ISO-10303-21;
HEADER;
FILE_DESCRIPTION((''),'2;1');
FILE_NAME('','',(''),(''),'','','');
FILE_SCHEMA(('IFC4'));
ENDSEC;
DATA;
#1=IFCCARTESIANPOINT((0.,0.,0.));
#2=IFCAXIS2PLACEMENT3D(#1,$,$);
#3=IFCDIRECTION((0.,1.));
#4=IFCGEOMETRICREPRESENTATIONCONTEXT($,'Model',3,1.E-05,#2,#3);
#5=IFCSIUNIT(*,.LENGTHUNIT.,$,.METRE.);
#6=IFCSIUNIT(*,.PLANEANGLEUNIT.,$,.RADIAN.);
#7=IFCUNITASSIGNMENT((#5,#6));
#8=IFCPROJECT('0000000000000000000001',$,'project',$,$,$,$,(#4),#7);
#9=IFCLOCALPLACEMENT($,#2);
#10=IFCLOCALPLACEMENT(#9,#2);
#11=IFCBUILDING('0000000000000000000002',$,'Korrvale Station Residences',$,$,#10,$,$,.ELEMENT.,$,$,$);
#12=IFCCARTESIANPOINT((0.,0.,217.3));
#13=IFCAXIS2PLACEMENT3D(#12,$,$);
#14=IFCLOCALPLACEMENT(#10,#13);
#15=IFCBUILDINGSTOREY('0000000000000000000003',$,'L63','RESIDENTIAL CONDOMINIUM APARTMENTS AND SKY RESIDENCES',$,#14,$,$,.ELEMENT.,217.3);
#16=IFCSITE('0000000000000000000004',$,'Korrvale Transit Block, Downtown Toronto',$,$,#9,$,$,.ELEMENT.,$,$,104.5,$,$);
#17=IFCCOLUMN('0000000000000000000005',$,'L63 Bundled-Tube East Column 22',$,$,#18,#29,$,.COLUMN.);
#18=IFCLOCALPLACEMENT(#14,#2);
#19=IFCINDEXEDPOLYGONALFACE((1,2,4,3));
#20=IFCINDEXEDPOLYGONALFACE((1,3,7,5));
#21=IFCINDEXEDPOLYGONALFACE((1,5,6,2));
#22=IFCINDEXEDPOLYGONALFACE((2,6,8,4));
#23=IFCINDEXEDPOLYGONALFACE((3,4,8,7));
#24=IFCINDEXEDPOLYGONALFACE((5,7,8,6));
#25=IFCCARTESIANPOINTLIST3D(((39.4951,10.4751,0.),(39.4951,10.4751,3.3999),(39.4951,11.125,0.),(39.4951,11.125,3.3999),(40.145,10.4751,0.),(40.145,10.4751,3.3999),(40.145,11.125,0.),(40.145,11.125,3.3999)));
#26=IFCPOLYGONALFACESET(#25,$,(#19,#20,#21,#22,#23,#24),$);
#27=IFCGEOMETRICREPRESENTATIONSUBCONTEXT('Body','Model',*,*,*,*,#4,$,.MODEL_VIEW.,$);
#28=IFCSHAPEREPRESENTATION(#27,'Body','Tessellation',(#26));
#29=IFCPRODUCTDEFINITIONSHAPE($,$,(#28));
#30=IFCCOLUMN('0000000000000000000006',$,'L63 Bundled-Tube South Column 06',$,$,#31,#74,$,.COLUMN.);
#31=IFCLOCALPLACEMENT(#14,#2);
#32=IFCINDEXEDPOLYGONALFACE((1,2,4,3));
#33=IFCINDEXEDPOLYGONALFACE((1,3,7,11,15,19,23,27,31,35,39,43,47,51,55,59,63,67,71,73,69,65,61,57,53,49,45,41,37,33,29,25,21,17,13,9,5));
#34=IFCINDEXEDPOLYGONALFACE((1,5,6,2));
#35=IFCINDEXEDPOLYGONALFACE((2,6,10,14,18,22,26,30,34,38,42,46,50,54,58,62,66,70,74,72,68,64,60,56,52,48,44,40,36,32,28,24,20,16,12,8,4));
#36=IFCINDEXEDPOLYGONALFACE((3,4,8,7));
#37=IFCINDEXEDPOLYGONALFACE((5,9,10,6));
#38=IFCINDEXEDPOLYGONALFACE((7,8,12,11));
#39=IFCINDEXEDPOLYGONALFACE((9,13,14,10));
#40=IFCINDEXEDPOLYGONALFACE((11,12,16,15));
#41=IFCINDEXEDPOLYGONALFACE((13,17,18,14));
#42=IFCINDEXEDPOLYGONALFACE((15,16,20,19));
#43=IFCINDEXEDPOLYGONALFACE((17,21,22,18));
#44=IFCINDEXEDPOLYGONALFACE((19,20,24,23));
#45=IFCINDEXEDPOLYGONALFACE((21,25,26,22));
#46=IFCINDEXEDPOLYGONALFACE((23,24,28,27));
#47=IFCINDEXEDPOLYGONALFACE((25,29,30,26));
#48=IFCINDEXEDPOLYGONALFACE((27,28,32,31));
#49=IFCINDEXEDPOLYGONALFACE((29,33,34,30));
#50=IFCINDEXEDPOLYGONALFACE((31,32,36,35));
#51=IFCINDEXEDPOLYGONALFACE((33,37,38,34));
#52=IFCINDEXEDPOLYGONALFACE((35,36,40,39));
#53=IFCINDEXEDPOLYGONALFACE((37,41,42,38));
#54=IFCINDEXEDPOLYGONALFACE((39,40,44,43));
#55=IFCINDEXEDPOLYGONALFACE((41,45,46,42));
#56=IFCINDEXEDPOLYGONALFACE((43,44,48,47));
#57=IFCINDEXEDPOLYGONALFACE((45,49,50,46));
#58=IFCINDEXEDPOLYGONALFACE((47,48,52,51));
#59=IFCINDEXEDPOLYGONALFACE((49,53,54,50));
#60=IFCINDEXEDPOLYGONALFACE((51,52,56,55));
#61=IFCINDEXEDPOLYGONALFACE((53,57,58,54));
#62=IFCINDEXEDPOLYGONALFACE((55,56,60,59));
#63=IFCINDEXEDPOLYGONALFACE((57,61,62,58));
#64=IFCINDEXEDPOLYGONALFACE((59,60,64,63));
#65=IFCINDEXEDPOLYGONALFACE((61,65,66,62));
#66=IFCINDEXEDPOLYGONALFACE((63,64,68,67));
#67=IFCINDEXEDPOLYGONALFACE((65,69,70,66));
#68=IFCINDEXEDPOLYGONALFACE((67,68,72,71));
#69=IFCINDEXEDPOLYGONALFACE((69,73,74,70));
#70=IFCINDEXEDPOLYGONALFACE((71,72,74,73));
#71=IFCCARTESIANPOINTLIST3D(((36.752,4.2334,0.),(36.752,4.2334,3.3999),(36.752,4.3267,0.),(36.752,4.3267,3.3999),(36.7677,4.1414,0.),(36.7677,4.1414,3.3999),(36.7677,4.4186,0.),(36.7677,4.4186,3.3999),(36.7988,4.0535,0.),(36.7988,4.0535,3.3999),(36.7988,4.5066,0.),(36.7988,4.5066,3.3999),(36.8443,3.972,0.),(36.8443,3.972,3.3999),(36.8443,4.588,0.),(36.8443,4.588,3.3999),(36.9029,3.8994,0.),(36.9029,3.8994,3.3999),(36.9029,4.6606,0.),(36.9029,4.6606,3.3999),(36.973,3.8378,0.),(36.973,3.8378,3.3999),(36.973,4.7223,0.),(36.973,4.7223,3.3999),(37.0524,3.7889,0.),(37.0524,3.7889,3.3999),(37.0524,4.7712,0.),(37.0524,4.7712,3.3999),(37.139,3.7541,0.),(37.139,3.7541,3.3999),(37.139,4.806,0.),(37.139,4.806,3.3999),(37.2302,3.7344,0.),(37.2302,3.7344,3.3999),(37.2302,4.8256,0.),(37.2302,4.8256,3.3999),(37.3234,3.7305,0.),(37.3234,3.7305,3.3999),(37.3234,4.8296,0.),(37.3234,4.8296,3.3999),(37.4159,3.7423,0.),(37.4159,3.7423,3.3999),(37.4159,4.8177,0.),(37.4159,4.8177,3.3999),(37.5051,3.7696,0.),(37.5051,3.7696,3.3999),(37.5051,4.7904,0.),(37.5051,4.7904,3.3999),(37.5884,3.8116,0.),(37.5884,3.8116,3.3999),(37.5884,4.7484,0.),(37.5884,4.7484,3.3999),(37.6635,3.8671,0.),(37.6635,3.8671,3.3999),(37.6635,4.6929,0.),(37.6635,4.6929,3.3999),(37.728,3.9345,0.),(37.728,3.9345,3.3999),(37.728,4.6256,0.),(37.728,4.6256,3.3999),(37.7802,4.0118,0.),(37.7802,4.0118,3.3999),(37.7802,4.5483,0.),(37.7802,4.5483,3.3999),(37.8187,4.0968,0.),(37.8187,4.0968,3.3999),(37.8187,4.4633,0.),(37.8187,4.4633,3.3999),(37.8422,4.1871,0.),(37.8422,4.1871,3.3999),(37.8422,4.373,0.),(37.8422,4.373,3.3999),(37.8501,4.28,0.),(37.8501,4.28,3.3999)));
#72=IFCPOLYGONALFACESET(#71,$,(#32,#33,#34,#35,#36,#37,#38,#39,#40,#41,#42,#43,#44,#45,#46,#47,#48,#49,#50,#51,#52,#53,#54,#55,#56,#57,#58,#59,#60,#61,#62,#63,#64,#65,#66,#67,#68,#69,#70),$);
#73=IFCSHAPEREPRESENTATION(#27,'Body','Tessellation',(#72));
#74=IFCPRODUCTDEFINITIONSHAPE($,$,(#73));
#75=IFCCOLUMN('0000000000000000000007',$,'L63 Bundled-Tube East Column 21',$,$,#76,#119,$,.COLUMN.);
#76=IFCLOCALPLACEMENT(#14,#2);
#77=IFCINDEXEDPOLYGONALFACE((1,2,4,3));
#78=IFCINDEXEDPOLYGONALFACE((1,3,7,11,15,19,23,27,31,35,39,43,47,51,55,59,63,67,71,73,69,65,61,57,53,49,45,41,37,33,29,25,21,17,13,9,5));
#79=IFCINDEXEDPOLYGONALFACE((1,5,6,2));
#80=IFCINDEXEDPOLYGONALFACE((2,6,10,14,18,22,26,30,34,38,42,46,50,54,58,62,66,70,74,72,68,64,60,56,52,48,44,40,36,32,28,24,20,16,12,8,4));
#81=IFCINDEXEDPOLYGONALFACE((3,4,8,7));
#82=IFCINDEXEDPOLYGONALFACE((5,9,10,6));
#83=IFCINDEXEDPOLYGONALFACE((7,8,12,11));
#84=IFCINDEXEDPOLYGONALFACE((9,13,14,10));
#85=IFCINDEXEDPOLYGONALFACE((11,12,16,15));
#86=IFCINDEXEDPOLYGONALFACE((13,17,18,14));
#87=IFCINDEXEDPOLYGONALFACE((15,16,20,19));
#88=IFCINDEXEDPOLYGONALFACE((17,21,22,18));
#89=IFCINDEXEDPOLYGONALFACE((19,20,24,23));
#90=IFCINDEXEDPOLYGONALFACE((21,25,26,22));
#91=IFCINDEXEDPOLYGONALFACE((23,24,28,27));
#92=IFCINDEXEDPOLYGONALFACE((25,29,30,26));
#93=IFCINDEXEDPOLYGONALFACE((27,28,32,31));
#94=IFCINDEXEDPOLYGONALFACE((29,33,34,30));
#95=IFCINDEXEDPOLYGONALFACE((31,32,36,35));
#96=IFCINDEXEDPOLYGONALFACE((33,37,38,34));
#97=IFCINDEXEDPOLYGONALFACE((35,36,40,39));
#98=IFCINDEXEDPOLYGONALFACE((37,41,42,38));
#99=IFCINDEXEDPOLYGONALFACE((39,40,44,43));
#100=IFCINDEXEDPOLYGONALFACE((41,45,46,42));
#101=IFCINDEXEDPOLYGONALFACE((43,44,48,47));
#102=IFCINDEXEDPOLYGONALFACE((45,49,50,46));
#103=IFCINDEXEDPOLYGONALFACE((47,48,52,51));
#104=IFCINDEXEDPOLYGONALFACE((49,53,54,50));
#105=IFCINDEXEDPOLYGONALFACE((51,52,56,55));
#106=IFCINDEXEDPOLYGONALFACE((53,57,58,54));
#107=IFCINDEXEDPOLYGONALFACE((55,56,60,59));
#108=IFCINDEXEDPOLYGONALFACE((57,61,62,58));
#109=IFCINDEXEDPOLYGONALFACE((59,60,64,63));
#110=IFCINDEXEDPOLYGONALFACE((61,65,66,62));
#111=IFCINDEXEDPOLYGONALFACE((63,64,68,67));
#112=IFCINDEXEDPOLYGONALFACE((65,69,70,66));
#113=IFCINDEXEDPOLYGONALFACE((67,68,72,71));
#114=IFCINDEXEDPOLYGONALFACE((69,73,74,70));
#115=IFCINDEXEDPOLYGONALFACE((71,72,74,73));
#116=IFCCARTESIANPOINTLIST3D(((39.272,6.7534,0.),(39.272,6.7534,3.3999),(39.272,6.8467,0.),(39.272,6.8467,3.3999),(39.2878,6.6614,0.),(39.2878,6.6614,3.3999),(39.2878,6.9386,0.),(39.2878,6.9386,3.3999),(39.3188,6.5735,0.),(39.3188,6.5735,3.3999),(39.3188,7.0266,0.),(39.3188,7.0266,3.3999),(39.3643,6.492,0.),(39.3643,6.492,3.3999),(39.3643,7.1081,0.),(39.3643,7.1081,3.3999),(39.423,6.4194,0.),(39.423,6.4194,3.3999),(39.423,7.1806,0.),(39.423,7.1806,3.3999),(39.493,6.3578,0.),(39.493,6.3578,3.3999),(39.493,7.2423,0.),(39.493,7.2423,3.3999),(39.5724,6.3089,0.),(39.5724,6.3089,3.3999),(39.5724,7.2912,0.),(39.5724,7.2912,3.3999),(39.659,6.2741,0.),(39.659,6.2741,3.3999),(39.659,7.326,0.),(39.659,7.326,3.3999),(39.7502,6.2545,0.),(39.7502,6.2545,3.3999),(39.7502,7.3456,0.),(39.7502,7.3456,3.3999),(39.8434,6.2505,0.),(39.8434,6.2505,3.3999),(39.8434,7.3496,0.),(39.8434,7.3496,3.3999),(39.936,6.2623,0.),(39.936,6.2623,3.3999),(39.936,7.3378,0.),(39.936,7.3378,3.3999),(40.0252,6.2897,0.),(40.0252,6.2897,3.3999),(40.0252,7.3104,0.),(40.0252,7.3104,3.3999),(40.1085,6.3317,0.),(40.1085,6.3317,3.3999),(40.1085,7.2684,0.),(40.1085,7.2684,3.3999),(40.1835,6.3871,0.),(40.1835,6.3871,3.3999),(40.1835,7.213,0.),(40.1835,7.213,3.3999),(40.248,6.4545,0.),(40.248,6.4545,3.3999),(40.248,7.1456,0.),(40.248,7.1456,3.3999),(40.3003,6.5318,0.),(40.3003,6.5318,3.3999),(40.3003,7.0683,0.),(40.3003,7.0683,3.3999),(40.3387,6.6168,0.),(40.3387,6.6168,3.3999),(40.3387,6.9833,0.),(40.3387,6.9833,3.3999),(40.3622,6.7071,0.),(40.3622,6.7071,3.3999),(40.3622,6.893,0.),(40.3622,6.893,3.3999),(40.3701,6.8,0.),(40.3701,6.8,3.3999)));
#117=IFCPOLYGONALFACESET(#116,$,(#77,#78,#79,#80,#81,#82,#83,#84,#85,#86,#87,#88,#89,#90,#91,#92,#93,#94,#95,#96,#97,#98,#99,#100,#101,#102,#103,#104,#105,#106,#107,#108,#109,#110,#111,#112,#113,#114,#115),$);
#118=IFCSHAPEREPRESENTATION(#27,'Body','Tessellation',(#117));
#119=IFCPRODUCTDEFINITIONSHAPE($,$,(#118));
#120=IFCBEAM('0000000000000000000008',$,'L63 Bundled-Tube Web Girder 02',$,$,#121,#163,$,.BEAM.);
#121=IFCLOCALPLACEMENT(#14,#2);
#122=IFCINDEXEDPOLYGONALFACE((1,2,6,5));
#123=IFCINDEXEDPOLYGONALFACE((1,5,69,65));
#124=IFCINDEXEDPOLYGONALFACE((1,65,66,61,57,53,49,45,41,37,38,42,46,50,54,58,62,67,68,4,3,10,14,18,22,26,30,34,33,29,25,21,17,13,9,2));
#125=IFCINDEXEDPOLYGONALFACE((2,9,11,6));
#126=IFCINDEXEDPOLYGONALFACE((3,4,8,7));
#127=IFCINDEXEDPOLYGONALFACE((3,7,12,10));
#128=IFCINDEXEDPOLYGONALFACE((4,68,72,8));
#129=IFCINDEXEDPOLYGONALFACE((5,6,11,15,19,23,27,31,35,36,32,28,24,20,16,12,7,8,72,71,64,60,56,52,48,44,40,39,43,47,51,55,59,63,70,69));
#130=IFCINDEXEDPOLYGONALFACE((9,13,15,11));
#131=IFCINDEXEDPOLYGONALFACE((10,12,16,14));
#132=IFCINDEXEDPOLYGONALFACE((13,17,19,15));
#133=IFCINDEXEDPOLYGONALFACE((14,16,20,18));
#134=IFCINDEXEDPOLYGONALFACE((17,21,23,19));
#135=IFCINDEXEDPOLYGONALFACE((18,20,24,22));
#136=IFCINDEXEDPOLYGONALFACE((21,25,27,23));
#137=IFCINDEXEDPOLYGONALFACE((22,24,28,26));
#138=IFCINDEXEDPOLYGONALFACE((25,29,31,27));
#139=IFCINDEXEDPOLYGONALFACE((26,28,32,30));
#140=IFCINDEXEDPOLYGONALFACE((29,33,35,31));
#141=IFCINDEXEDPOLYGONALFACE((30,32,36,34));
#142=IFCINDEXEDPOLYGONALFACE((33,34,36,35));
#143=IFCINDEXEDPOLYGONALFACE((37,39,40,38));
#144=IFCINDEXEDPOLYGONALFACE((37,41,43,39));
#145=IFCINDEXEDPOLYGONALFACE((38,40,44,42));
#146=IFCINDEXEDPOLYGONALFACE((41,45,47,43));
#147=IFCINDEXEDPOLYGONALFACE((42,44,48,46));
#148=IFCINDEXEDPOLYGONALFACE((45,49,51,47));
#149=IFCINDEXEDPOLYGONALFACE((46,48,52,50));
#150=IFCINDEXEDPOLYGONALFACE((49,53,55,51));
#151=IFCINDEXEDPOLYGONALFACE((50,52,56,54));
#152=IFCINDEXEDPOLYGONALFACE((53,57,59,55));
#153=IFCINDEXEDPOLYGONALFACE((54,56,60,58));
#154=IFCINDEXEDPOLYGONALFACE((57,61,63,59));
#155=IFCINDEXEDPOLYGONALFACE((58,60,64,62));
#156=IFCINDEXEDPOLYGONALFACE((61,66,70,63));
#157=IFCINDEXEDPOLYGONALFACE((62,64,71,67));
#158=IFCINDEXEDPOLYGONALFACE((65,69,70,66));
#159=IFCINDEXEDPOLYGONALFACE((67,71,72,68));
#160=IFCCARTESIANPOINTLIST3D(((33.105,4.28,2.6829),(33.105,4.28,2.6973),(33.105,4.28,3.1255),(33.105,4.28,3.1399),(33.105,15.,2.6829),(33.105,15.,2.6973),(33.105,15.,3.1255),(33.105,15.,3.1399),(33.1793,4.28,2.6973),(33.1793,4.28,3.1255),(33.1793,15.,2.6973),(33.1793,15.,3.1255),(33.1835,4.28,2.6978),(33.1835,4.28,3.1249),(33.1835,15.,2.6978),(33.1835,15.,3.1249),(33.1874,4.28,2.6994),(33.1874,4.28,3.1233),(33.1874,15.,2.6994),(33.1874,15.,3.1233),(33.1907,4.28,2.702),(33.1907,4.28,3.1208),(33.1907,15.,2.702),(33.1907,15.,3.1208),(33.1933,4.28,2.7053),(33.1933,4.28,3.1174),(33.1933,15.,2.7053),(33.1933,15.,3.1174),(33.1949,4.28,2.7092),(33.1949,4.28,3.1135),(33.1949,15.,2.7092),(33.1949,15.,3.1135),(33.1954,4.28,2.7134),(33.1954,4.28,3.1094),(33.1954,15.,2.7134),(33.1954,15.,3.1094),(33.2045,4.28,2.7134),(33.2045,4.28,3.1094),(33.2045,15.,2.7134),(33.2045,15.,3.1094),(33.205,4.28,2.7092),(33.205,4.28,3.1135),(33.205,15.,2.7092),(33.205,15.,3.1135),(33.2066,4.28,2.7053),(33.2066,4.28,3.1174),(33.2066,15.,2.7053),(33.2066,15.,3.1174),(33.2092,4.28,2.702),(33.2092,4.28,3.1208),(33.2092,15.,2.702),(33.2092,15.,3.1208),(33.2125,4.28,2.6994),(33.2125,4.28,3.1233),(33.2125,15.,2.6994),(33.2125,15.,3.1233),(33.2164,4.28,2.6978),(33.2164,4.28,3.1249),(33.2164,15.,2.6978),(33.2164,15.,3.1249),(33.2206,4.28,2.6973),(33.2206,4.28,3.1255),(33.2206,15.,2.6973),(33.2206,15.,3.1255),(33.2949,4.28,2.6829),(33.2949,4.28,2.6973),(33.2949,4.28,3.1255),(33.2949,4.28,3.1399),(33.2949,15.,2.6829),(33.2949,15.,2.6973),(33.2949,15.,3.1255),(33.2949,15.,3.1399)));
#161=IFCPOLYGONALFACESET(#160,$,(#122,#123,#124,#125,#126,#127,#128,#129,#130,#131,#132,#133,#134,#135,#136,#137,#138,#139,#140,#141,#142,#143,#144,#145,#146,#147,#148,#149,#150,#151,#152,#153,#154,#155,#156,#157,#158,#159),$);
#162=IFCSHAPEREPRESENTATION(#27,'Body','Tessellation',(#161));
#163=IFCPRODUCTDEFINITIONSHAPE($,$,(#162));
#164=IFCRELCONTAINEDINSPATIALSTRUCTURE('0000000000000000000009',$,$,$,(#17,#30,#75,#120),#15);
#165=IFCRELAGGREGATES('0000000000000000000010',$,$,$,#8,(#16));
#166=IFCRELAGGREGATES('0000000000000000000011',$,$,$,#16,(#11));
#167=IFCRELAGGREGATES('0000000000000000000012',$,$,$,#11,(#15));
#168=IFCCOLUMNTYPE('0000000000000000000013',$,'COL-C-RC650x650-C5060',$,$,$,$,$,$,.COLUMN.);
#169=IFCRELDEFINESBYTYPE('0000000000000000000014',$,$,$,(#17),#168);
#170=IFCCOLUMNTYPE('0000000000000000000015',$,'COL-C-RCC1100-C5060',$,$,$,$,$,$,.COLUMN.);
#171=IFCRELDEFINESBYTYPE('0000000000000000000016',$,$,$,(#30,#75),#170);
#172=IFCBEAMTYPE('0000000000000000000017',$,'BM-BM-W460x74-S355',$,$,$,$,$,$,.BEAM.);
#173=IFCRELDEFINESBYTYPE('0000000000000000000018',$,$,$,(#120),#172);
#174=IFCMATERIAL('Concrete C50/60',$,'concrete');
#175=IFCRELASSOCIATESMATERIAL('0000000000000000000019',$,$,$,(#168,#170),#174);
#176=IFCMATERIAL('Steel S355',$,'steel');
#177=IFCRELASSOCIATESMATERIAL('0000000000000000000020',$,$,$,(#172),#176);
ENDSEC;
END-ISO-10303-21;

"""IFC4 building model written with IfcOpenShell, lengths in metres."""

from ifc_helpers import new_model, si_unit, direction, frame, origin, origin_2d, place, context, subcontext, project, spatial, rectangle, circle, i_section, extrude, material, material_profile, profile_set, type_object, element, save


model = new_model("IFC4")

# Units and contexts
model_context = context("Model", 3, precision=1e-05, world=origin(), true_north=direction((0.0, 1.0)))
body_context = subcontext(model_context, "Body", "Model", "MODEL_VIEW")
ifc_project = project(units=[si_unit("LENGTHUNIT", "METRE"), si_unit("PLANEANGLEUNIT", "RADIAN")], contexts=[model_context])

# Site, building, storey
site_placement = place(None, origin())
site = spatial("IfcSite", under=ifc_project, at=site_placement, Name="Korrvale Transit Block, Downtown Toronto", CompositionType="ELEMENT", RefElevation=104.5)
building_placement = place(site_placement, origin())
building = spatial("IfcBuilding", under=site, at=building_placement, Name="Korrvale Station Residences", CompositionType="ELEMENT")
storey_placement = place(building_placement, frame((0.0, 0.0, 217.3)))
storey = spatial("IfcBuildingStorey", under=building, at=storey_placement, Name="L63", Description="RESIDENTIAL CONDOMINIUM APARTMENTS AND SKY RESIDENCES", CompositionType="ELEMENT", Elevation=217.3)

# Columns
ifc_material_1 = material(Name="Concrete C50/60", Category="concrete")
ifc_material_profile_1 = material_profile(ifc_material_1, rectangle(XDim=0.6499, YDim=0.6499, at=origin_2d()), Name="RC650x650")
ifc_profile_set_1 = profile_set([ifc_material_profile_1], Name="Concrete C50/60")
column_type_1 = type_object("IfcColumnType", Name="COL-C-RC650x650-C5060", PredefinedType="COLUMN", material=ifc_profile_set_1)
column_placement = place(storey_placement, frame((39.8201, 10.8, 0.0), z_axis=(0.0, 0.0, 1.0), x_axis=(1.0, 0.0, 0.0)))
element("IfcColumn", 1, at=column_placement, inside=storey, type_object=column_type_1, Name="L63 Bundled-Tube East Column 22", PredefinedType="COLUMN", context=body_context, shape_type="SweptSolid", body=[
    extrude(rectangle(XDim=0.6499, YDim=0.6499, at=origin_2d()), origin(), (0.0, 0.0, 1.0), 3.3999),
])
ifc_material_profile_2 = material_profile(ifc_material_1, circle(Radius=0.55, at=origin_2d()), Name="RCC1100")
ifc_profile_set_2 = profile_set([ifc_material_profile_2], Name="Concrete C50/60")
column_type_2 = type_object("IfcColumnType", Name="COL-C-RCC1100-C5060", PredefinedType="COLUMN", material=ifc_profile_set_2)
for number, where, z_axis, x_axis, name in (
    (2, (37.3, 4.28, 0.0), (0.0, 0.0, 1.0), (1.0, 0.0, 0.0), "L63 Bundled-Tube South Column 06"),
    (3, (39.8201, 6.8, 0.0), (0.0, 0.0, 1.0), (1.0, 0.0, 0.0), "L63 Bundled-Tube East Column 21"),
):
    element("IfcColumn", number, at=place(storey_placement, frame(where, z_axis=z_axis, x_axis=x_axis)), inside=storey, type_object=column_type_2, Name=name, PredefinedType="COLUMN", context=body_context, shape_type="SweptSolid", body=[
        extrude(circle(Radius=0.55, at=origin_2d()), origin(), (0.0, 0.0, 1.0), 3.3999),
    ])

# Beam
ifc_material_2 = material(Name="Steel S355", Category="steel")
ifc_material_profile_3 = material_profile(ifc_material_2, i_section(OverallWidth=0.1899, OverallDepth=0.457, WebThickness=0.009, FlangeThickness=0.0144, FilletRadius=0.0161, at=origin_2d()), Name="W460x74")
ifc_profile_set_3 = profile_set([ifc_material_profile_3], Name="Steel S355")
beam_type_1 = type_object("IfcBeamType", Name="BM-BM-W460x74-S355", PredefinedType="BEAM", material=ifc_profile_set_3)
beam_1_placement = place(storey_placement, frame((33.2, 4.28, 2.9114), z_axis=(0.0, 1.0, 0.0), x_axis=(-1.0, 0.0, 0.0)))
element("IfcBeam", 4, at=beam_1_placement, inside=storey, type_object=beam_type_1, Name="L63 Bundled-Tube Web Girder 02", PredefinedType="BEAM", context=body_context, shape_type="SweptSolid", body=[
    extrude(i_section(OverallWidth=0.1899, OverallDepth=0.457, WebThickness=0.009, FlangeThickness=0.0144, FilletRadius=0.0161, at=origin_2d()), origin(), (0.0, 0.0, 1.0), 10.72),
])

save(model, "model.ifc")
